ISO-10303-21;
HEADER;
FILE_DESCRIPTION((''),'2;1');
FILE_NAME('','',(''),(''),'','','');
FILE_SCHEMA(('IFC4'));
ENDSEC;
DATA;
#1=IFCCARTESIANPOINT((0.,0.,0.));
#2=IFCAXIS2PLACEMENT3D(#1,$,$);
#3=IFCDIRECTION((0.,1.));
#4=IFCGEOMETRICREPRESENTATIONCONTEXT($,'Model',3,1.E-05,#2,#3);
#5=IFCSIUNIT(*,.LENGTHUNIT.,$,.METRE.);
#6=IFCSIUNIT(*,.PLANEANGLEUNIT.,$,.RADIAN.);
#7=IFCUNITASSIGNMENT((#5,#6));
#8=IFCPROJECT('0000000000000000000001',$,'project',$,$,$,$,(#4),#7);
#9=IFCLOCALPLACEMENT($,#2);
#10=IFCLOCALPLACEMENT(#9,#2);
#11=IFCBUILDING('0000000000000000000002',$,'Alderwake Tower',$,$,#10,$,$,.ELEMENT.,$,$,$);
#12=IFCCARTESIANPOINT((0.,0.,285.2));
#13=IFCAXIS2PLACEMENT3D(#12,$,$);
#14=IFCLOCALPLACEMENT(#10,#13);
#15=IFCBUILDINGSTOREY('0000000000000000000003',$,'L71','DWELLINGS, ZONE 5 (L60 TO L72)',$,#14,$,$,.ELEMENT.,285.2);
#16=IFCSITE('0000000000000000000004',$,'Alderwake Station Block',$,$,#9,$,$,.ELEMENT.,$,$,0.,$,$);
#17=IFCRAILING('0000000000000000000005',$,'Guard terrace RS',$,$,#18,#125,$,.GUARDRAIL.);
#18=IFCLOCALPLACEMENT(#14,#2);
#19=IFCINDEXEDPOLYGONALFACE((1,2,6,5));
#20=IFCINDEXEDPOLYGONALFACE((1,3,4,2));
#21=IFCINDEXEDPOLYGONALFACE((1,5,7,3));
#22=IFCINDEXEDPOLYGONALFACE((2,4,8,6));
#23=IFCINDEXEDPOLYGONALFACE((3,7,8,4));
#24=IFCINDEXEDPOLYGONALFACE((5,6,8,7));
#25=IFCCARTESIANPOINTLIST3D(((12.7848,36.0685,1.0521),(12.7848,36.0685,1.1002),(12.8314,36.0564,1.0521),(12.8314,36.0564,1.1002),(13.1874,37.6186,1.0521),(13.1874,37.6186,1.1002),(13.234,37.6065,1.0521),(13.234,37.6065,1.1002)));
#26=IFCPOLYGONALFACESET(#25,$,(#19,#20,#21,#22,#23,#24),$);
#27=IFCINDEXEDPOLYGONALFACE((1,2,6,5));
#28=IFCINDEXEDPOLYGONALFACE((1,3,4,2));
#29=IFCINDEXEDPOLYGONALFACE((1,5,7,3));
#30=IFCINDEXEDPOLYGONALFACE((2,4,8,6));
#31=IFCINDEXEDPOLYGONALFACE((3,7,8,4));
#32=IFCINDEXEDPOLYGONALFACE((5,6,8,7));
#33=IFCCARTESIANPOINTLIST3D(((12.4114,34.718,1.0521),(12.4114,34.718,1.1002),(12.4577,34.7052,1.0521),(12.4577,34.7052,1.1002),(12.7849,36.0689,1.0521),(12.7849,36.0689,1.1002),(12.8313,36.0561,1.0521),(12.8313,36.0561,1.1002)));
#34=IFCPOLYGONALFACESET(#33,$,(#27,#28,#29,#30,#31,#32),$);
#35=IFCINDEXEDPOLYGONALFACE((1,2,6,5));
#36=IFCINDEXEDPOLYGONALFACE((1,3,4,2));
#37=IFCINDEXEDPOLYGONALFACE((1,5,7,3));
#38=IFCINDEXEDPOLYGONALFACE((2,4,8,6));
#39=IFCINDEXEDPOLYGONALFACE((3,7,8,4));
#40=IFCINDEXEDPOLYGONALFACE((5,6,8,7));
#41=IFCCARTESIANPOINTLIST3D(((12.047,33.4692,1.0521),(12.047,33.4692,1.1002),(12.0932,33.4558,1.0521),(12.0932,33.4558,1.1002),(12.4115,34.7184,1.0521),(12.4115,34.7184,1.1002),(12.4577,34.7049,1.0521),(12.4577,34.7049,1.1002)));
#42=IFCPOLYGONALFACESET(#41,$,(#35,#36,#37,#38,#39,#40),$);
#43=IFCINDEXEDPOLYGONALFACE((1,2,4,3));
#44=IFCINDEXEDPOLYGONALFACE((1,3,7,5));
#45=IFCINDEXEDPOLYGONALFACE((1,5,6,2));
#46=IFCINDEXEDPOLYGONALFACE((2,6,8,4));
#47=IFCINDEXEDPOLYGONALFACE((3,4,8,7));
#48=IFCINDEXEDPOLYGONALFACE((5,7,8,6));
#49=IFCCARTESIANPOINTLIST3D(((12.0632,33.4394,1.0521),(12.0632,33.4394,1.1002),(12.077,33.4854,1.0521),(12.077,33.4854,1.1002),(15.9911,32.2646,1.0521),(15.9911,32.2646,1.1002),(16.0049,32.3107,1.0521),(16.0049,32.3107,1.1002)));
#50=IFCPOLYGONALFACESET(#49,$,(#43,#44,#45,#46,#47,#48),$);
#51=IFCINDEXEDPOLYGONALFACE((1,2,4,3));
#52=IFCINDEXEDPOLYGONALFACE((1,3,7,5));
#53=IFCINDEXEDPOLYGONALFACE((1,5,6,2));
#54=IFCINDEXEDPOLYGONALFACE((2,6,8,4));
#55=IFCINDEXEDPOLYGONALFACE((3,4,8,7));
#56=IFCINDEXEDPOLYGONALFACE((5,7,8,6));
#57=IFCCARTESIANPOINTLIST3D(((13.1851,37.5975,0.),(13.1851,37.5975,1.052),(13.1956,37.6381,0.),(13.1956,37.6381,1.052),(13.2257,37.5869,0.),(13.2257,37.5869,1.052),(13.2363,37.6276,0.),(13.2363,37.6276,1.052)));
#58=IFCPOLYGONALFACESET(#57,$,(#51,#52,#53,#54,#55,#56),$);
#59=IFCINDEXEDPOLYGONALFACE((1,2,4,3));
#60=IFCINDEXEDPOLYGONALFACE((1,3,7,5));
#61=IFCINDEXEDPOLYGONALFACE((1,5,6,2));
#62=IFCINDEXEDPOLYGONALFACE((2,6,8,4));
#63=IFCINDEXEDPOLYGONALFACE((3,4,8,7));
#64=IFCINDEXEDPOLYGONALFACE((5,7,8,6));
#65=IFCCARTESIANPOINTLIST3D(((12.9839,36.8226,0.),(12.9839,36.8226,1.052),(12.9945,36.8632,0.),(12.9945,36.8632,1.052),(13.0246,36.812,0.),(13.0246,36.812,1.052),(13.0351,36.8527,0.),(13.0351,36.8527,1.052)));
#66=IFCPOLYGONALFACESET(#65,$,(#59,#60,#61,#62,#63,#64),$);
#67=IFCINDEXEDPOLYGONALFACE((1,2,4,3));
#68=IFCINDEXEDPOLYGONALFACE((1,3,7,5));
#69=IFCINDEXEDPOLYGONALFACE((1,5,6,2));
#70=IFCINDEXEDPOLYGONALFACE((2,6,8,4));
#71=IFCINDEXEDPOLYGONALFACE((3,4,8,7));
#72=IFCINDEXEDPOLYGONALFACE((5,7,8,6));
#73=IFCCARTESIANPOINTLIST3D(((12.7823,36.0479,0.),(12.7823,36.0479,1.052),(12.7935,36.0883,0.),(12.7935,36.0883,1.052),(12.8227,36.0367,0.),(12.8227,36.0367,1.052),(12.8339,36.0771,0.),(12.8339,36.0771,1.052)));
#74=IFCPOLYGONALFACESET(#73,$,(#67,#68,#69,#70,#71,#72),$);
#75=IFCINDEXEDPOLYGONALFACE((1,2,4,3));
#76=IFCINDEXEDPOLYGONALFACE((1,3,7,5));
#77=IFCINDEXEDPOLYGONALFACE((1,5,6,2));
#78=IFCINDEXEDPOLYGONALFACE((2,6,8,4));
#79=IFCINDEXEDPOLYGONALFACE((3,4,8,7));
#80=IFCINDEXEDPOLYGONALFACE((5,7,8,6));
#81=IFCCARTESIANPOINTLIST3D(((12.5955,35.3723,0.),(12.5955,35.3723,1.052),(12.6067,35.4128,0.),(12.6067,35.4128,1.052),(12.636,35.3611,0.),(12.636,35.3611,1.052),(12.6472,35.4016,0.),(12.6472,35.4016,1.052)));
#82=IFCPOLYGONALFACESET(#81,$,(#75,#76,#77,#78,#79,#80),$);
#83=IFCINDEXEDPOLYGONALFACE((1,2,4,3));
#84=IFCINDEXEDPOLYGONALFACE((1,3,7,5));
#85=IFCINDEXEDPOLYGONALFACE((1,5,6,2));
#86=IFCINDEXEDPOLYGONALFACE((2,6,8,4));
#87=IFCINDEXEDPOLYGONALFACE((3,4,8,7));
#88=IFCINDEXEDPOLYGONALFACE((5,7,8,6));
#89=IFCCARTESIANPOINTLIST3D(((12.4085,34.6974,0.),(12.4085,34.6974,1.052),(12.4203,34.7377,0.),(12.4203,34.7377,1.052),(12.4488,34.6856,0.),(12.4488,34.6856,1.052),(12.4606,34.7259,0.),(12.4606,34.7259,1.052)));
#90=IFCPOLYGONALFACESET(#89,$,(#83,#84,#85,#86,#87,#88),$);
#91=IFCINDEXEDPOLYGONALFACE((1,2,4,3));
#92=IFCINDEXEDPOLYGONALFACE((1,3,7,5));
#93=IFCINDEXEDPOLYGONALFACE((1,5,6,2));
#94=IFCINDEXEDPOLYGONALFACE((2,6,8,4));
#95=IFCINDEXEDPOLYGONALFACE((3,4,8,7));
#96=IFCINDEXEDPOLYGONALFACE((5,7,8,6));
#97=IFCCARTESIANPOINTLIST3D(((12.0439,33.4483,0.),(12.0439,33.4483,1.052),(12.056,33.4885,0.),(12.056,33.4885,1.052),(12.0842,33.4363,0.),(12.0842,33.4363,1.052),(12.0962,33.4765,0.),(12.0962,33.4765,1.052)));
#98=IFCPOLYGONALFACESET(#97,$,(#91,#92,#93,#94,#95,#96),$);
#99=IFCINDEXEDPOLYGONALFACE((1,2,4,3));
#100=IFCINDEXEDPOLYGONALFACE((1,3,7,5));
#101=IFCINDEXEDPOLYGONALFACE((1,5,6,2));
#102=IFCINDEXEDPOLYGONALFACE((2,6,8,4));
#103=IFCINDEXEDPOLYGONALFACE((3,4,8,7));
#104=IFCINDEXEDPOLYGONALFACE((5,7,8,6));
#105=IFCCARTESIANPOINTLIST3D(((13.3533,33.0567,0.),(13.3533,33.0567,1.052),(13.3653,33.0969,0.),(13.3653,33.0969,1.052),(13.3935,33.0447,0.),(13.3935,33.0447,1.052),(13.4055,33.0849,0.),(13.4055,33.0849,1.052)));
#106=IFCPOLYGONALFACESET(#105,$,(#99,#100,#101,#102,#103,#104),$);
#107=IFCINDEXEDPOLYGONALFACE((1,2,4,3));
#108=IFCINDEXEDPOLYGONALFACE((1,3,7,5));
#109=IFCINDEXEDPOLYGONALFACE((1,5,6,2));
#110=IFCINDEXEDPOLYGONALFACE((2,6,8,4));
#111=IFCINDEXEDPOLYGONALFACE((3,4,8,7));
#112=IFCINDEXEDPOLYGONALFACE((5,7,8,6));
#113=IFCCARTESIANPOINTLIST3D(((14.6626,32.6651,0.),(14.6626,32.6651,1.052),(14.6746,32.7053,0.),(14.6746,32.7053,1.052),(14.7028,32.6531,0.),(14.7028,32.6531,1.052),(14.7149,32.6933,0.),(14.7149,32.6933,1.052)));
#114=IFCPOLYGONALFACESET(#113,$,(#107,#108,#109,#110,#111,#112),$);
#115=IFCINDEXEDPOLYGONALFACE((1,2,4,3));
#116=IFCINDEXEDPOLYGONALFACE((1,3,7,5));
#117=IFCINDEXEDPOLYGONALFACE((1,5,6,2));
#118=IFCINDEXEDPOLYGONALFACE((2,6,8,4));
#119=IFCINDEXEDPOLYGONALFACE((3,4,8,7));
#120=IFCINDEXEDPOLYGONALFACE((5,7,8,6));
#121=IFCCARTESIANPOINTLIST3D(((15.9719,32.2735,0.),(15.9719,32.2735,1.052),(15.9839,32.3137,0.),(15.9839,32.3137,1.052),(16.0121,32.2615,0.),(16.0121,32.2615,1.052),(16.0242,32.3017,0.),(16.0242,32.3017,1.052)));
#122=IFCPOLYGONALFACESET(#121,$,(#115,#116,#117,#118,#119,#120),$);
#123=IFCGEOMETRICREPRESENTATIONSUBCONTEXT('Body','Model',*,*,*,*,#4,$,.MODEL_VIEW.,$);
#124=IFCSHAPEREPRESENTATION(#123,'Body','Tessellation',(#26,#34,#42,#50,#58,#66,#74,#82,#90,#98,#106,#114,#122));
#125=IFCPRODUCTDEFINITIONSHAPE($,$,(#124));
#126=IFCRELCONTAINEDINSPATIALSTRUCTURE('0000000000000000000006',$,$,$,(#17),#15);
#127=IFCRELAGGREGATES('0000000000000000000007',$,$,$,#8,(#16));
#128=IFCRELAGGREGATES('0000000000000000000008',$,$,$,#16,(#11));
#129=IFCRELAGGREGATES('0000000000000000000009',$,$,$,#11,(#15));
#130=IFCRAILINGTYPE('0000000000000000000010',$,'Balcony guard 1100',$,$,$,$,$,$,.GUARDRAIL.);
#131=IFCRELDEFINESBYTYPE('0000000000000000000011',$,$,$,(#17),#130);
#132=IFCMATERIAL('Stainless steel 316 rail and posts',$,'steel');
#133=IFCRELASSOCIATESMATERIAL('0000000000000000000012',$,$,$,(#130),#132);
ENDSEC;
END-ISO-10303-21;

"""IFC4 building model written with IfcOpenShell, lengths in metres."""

from ifc_helpers import new_model, si_unit, direction, frame, origin, origin_2d, place, context, subcontext, project, spatial, rectangle, extrude, material, type_object, element, save


model = new_model("IFC4")

# Units and contexts
model_context = context("Model", 3, precision=1e-05, world=origin(), true_north=direction((0.0, 1.0)))
body_context = subcontext(model_context, "Body", "Model", "MODEL_VIEW")
ifc_project = project(units=[si_unit("LENGTHUNIT", "METRE"), si_unit("PLANEANGLEUNIT", "RADIAN")], contexts=[model_context])

# Site, building, storey
site_placement = place(None, origin())
site = spatial("IfcSite", under=ifc_project, at=site_placement, Name="Alderwake Station Block", CompositionType="ELEMENT", RefElevation=0.0)
building_placement = place(site_placement, origin())
building = spatial("IfcBuilding", under=site, at=building_placement, Name="Alderwake Tower", CompositionType="ELEMENT")
storey_placement = place(building_placement, frame((0.0, 0.0, 285.2)))
storey = spatial("IfcBuildingStorey", under=building, at=storey_placement, Name="L71", Description="DWELLINGS, ZONE 5 (L60 TO L72)", CompositionType="ELEMENT", Elevation=285.2)

# Railing
ifc_material_1 = material(Name="Stainless steel 316 rail and posts", Category="steel")
railing_type = type_object("IfcRailingType", Name="Balcony guard 1100", PredefinedType="GUARDRAIL", material=ifc_material_1)
railing_placement = place(storey_placement, frame((13.2107, 37.6125, 0.0)))
element("IfcRailing", 1, at=railing_placement, inside=storey, type_object=railing_type, Name="Guard terrace RS", PredefinedType="GUARDRAIL", context=body_context, shape_type="SweptSolid", body=[
    extrude(rectangle(XDim=0.0481, YDim=0.0481, at=origin_2d()), frame((0.0, 0.0, 1.0762), z_axis=(-0.251385, -0.967887, 0.0), x_axis=(0.967887, -0.251385, 0.0)), (0.0, 0.0, 1.0), 1.6016),
    extrude(rectangle(XDim=0.0481, YDim=0.0481, at=origin_2d()), frame((-0.4026, -1.55, 1.0762), z_axis=(-0.266521, -0.963829, 0.0), x_axis=(0.963829, -0.266521, 0.0)), (0.0, 0.0, 1.0), 1.4016),
    extrude(rectangle(XDim=0.0481, YDim=0.0481, at=origin_2d()), frame((-0.7761, -2.9009, 1.0762), z_axis=(-0.280094, -0.959973, 0.0), x_axis=(0.959973, -0.280094, 0.0)), (0.0, 0.0, 1.0), 1.3013),
    extrude(rectangle(XDim=0.0481, YDim=0.0481, at=origin_2d()), frame((-1.1406, -4.1501, 1.0762), z_axis=(0.958067, -0.286545, 0.0), x_axis=(0.286545, 0.958067, 0.0)), (0.0, 0.0, 1.0), 4.0999),
    extrude(rectangle(XDim=0.042, YDim=0.042, at=origin_2d()), frame((0.0, 0.0, 0.0), z_axis=(0.0, 0.0, 1.0), x_axis=(-0.251385, -0.967887, 0.0)), (0.0, 0.0, 1.0), 1.052),
    extrude(rectangle(XDim=0.042, YDim=0.042, at=origin_2d()), frame((-0.2012, -0.7749, 0.0), z_axis=(0.0, 0.0, 1.0), x_axis=(-0.251385, -0.967887, 0.0)), (0.0, 0.0, 1.0), 1.052),
    extrude(rectangle(XDim=0.042, YDim=0.042, at=origin_2d()), frame((-0.4026, -1.55, 0.0), z_axis=(0.0, 0.0, 1.0), x_axis=(-0.266521, -0.963829, 0.0)), (0.0, 0.0, 1.0), 1.052),
    extrude(rectangle(XDim=0.042, YDim=0.042, at=origin_2d()), frame((-0.5894, -2.2256, 0.0), z_axis=(0.0, 0.0, 1.0), x_axis=(-0.266521, -0.963829, 0.0)), (0.0, 0.0, 1.0), 1.052),
    extrude(rectangle(XDim=0.042, YDim=0.042, at=origin_2d()), frame((-0.7761, -2.9009, 0.0), z_axis=(0.0, 0.0, 1.0), x_axis=(-0.280094, -0.959973, 0.0)), (0.0, 0.0, 1.0), 1.052),
    extrude(rectangle(XDim=0.042, YDim=0.042, at=origin_2d()), frame((-1.1406, -4.1501, 0.0), z_axis=(0.0, 0.0, 1.0), x_axis=(0.958067, -0.286545, 0.0)), (0.0, 0.0, 1.0), 1.052),
    extrude(rectangle(XDim=0.042, YDim=0.042, at=origin_2d()), frame((0.1687, -4.5417, 0.0), z_axis=(0.0, 0.0, 1.0), x_axis=(0.958067, -0.286545, 0.0)), (0.0, 0.0, 1.0), 1.052),
    extrude(rectangle(XDim=0.042, YDim=0.042, at=origin_2d()), frame((1.478, -4.9333, 0.0), z_axis=(0.0, 0.0, 1.0), x_axis=(0.958067, -0.286545, 0.0)), (0.0, 0.0, 1.0), 1.052),
    extrude(rectangle(XDim=0.042, YDim=0.042, at=origin_2d()), frame((2.7874, -5.325, 0.0), z_axis=(0.0, 0.0, 1.0), x_axis=(0.958067, -0.286545, 0.0)), (0.0, 0.0, 1.0), 1.052),
])

save(model, "model.ifc")
